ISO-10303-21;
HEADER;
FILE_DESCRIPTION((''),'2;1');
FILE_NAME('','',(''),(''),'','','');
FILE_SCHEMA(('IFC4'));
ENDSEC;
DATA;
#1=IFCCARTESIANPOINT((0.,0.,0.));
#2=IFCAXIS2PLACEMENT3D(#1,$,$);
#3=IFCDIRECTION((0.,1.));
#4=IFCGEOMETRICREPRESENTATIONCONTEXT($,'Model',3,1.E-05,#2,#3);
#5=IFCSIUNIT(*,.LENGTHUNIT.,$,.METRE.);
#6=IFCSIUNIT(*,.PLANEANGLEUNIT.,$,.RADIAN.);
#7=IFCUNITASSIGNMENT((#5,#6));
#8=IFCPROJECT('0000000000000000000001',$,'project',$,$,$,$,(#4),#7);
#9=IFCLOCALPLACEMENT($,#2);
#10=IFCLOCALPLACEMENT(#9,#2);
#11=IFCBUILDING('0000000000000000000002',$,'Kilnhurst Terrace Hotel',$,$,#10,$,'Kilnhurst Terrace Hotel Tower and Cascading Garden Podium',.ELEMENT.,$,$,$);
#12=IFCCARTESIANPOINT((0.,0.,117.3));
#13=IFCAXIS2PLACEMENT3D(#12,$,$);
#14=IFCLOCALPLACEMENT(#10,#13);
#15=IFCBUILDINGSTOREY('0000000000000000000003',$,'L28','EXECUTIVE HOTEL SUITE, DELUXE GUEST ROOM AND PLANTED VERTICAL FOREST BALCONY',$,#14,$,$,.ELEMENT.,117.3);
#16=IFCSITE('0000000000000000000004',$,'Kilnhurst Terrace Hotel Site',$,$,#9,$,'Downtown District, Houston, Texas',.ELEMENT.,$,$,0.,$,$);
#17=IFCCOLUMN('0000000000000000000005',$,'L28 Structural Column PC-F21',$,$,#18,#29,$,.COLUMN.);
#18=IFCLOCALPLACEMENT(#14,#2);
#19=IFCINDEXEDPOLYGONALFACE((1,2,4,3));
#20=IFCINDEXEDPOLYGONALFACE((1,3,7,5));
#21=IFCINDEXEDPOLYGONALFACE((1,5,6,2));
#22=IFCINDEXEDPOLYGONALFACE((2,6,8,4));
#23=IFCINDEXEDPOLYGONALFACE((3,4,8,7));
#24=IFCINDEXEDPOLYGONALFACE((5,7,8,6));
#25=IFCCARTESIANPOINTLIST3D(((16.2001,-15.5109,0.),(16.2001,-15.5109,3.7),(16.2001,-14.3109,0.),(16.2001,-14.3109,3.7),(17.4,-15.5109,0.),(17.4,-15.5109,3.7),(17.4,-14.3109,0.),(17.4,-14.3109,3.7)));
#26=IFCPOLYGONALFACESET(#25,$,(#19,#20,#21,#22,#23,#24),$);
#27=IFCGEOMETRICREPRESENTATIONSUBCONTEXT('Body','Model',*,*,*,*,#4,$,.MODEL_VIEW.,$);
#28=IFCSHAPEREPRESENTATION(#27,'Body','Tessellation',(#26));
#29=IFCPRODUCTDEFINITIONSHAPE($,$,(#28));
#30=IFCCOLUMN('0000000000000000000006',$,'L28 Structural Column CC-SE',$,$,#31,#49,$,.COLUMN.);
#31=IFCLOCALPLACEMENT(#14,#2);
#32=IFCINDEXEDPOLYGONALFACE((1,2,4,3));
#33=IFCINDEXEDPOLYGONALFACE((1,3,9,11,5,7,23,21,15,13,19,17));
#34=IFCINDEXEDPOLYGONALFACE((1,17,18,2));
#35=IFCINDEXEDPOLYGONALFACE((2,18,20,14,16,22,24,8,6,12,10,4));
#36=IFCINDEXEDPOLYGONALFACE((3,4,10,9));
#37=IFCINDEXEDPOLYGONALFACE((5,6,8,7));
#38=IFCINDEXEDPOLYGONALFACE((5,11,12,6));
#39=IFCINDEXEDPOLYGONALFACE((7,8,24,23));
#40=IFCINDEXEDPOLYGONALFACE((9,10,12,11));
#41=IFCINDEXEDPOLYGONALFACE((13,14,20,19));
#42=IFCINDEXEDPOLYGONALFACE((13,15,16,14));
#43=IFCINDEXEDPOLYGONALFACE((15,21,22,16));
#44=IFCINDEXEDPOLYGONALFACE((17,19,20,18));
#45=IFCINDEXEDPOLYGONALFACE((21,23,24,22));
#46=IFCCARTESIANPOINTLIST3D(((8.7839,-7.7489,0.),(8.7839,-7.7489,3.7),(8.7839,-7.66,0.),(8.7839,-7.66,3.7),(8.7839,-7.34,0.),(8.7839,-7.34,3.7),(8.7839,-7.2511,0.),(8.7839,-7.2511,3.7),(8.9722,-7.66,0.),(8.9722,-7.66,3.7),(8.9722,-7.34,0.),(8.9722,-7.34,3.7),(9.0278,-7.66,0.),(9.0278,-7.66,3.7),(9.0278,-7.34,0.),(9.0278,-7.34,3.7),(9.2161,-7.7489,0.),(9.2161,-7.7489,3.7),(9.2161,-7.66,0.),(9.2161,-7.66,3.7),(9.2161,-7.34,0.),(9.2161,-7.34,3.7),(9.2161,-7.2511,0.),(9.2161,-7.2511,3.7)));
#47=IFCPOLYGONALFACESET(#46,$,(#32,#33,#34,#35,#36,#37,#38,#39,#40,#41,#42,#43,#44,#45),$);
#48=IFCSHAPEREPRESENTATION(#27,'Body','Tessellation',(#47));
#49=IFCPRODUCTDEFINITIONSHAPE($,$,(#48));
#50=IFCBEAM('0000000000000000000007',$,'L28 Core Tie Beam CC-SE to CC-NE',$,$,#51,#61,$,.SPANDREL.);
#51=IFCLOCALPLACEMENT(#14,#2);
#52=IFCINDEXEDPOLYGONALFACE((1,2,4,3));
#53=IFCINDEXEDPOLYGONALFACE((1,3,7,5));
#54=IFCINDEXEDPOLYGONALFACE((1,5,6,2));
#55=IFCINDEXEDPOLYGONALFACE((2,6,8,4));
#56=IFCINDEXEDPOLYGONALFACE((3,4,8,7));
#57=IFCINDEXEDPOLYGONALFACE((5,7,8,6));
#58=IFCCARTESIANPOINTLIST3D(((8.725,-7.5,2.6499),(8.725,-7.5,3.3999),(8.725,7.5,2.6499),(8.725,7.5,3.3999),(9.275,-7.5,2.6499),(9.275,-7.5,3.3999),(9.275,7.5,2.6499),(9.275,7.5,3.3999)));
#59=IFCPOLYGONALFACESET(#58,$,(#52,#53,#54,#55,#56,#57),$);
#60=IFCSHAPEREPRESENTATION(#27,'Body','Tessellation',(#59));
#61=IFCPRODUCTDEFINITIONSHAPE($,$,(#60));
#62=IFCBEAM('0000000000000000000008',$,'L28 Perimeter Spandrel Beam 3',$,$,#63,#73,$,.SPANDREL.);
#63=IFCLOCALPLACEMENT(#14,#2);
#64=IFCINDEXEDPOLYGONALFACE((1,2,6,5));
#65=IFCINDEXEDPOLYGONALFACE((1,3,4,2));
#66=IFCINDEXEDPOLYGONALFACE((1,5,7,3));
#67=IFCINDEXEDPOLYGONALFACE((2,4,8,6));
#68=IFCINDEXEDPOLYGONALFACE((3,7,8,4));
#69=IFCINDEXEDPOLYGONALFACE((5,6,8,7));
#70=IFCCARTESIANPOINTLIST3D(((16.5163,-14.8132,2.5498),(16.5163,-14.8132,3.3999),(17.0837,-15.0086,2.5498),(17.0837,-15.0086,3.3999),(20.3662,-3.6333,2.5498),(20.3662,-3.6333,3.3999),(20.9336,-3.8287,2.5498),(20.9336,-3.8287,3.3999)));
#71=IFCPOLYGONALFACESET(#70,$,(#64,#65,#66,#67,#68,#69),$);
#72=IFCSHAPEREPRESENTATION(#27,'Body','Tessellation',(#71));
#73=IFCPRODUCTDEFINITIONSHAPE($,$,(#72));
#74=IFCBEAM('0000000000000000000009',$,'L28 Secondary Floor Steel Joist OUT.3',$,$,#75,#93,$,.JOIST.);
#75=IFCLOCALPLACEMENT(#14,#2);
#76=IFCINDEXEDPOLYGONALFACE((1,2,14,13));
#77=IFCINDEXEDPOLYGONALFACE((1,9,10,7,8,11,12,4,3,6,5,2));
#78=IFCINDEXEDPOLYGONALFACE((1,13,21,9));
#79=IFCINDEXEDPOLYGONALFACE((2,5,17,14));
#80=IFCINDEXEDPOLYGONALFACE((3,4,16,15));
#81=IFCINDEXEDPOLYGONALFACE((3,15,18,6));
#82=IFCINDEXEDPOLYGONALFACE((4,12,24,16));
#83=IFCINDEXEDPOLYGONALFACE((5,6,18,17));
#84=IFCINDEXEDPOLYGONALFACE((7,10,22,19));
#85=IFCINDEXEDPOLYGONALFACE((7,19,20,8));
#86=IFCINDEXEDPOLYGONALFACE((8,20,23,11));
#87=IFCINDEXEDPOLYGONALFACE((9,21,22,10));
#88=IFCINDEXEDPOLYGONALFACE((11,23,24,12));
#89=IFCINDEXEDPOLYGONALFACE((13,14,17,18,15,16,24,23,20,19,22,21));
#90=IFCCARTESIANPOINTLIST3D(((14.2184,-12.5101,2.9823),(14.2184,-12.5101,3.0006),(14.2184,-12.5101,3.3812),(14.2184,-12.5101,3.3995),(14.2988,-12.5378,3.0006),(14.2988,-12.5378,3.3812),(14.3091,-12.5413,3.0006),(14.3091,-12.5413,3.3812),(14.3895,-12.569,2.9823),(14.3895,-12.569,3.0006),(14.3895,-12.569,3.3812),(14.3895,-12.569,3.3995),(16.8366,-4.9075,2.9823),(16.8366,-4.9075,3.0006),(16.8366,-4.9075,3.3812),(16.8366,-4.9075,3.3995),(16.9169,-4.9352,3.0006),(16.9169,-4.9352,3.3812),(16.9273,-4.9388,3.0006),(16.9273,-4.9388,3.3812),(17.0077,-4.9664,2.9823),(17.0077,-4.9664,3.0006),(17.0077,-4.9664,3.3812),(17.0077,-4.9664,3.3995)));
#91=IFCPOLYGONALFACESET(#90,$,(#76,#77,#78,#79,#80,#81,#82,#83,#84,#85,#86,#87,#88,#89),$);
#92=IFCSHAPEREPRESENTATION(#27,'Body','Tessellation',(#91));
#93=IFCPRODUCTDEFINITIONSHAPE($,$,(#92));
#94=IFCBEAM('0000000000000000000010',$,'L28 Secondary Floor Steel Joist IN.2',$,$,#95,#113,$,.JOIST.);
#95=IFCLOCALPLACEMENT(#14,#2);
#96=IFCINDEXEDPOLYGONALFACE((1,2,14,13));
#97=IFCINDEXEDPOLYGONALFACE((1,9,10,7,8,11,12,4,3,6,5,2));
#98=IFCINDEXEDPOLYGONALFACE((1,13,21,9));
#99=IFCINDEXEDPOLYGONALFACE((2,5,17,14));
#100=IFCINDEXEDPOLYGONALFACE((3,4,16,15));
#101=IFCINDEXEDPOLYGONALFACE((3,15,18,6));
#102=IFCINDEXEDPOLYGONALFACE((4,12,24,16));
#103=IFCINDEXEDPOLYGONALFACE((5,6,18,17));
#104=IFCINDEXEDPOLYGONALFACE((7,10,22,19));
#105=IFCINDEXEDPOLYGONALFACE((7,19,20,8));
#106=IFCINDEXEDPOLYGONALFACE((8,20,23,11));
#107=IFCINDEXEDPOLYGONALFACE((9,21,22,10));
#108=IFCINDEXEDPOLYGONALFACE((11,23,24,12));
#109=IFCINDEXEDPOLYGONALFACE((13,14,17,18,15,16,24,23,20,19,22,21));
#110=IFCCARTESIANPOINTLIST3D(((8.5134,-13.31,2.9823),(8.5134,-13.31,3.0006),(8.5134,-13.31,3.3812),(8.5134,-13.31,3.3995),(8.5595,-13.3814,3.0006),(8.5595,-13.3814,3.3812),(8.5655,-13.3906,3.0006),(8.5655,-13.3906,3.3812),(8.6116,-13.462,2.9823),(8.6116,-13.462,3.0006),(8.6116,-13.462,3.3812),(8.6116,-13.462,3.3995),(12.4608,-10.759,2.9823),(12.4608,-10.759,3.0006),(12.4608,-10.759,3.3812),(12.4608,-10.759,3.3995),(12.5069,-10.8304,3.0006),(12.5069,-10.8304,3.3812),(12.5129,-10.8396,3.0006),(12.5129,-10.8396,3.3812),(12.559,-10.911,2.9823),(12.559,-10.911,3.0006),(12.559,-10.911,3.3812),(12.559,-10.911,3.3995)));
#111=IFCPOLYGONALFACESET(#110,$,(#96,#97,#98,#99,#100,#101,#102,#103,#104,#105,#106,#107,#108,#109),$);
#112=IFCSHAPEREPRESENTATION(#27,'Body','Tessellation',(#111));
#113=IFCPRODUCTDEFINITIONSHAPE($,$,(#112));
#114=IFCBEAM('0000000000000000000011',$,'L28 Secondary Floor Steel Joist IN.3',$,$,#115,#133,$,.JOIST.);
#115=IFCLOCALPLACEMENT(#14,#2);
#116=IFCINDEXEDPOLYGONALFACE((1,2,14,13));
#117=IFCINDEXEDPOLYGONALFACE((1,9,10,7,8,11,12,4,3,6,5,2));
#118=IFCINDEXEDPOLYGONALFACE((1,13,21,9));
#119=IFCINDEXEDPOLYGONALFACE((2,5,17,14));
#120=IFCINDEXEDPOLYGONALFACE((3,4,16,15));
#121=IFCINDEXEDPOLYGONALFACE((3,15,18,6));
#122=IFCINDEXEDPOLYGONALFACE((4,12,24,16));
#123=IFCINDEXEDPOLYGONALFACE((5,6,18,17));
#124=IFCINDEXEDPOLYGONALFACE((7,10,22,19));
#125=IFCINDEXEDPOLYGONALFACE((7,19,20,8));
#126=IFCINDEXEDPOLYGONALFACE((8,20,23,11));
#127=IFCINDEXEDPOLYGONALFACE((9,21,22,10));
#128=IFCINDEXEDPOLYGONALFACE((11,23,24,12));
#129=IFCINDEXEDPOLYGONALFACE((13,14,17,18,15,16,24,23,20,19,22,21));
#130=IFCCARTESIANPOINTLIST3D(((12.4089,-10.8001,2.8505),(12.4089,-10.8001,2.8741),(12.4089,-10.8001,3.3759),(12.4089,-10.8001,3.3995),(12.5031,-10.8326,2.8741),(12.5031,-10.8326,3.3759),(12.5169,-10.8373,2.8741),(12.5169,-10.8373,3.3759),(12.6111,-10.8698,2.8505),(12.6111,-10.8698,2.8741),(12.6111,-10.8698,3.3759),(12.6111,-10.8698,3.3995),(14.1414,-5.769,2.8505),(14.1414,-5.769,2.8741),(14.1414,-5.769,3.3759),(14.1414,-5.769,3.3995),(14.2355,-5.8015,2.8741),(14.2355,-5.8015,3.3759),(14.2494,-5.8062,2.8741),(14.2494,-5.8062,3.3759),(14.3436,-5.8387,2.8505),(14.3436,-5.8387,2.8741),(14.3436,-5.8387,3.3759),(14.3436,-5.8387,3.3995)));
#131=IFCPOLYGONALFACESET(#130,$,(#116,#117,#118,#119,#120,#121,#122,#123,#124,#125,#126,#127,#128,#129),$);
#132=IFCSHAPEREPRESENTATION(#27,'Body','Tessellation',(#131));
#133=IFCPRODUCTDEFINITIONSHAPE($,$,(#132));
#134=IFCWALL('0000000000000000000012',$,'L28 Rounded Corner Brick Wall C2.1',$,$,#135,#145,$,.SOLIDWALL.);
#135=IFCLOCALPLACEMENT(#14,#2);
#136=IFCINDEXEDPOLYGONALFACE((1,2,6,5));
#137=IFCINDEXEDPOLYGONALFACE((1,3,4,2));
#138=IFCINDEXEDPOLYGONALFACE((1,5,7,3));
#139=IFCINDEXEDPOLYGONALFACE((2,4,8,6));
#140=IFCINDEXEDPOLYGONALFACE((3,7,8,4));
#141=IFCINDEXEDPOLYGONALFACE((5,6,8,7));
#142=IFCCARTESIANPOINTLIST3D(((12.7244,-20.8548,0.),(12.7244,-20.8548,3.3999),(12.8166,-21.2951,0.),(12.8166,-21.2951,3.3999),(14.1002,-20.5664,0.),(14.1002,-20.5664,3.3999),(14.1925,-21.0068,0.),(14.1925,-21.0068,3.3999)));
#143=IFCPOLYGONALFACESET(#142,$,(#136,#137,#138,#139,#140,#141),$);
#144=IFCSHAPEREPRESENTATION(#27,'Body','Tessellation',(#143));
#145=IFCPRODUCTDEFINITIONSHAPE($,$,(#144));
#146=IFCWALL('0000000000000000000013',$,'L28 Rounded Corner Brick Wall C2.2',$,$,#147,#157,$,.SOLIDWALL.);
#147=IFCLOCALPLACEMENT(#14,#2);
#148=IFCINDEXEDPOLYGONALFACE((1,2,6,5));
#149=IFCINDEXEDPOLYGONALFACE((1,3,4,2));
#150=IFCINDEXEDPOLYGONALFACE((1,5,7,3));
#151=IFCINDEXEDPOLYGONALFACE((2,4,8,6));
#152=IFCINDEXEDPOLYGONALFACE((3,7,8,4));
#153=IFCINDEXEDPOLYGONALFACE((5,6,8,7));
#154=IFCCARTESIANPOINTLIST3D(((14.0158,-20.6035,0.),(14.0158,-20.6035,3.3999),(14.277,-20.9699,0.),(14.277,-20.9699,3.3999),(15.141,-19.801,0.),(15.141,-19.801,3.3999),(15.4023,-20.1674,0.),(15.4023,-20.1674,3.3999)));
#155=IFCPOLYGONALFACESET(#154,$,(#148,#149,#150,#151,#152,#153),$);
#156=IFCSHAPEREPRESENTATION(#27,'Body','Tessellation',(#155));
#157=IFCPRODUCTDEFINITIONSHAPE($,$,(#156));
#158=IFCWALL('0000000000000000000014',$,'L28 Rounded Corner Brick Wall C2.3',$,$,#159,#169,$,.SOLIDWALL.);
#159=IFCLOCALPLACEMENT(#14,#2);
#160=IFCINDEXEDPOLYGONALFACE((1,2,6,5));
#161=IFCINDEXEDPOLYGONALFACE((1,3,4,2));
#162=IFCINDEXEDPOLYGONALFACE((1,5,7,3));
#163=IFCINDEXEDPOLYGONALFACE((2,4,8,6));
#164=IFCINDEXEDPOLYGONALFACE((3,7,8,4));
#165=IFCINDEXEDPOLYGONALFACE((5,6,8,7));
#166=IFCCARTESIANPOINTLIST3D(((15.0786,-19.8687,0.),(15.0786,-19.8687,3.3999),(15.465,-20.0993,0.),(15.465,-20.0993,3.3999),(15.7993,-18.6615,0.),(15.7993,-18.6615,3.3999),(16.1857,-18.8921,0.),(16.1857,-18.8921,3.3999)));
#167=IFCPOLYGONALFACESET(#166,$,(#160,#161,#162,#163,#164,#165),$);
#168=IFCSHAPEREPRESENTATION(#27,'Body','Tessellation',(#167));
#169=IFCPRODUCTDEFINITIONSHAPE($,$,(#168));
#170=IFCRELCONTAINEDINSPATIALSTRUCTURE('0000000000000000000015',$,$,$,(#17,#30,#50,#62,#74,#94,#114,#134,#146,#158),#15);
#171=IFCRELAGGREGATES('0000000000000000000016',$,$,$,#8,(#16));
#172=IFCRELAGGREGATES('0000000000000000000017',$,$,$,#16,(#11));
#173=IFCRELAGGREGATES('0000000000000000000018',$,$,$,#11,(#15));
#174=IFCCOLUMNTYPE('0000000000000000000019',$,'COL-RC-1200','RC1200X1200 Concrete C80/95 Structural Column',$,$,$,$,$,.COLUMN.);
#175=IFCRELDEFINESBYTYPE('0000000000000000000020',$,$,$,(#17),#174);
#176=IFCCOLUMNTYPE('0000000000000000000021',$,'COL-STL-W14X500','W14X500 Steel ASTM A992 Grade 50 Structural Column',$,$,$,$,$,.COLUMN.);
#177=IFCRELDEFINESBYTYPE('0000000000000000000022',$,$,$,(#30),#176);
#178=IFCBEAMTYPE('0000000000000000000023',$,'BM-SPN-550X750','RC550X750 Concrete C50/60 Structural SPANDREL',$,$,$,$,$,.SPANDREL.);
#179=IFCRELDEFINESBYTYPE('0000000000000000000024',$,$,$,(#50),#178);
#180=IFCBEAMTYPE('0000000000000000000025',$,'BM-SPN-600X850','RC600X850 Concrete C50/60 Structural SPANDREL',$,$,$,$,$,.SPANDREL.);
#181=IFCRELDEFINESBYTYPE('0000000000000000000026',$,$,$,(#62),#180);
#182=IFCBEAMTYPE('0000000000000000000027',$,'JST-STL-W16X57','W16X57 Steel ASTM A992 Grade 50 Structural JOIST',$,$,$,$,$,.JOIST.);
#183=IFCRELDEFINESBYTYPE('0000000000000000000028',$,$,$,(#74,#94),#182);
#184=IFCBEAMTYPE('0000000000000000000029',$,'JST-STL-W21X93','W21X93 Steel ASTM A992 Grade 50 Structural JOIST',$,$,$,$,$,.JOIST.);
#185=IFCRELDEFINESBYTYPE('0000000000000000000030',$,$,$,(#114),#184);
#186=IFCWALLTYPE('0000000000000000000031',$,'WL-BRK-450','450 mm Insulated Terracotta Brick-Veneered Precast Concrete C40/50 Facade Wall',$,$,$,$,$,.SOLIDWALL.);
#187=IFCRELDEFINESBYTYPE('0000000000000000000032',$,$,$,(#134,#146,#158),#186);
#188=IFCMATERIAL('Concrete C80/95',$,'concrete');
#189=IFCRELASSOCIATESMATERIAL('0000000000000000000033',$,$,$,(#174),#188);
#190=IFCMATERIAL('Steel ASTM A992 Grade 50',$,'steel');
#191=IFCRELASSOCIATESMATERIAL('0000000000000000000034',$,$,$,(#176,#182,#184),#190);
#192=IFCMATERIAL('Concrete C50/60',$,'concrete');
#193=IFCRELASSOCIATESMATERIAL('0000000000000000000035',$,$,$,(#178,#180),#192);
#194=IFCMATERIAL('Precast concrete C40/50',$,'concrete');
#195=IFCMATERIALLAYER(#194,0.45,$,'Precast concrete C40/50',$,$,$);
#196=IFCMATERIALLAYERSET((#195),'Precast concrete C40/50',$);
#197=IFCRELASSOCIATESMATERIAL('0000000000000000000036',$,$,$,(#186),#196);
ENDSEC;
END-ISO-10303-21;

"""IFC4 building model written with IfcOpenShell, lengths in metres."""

from ifc_helpers import new_model, si_unit, direction, frame, frame_2d, origin, origin_2d, place, context, subcontext, project, spatial, rectangle, i_section, extrude, material, layer, layer_set, material_profile, profile_set, type_object, element, save


model = new_model("IFC4")

# Units and contexts
model_context = context("Model", 3, precision=1e-05, world=origin(), true_north=direction((0.0, 1.0)))
body_context = subcontext(model_context, "Body", "Model", "MODEL_VIEW")
ifc_project = project(units=[si_unit("LENGTHUNIT", "METRE"), si_unit("PLANEANGLEUNIT", "RADIAN")], contexts=[model_context])

# Site, building, storey
site_placement = place(None, origin())
site = spatial("IfcSite", under=ifc_project, at=site_placement, Name="Kilnhurst Terrace Hotel Site", LongName="Downtown District, Houston, Texas", CompositionType="ELEMENT", RefElevation=0.0)
building_placement = place(site_placement, origin())
building = spatial("IfcBuilding", under=site, at=building_placement, Name="Kilnhurst Terrace Hotel", LongName="Kilnhurst Terrace Hotel Tower and Cascading Garden Podium", CompositionType="ELEMENT")
storey_placement = place(building_placement, frame((0.0, 0.0, 117.3)))
storey = spatial("IfcBuildingStorey", under=building, at=storey_placement, Name="L28", Description="EXECUTIVE HOTEL SUITE, DELUXE GUEST ROOM AND PLANTED VERTICAL FOREST BALCONY", CompositionType="ELEMENT", Elevation=117.3)

# Columns
ifc_material_1 = material(Name="Concrete C80/95", Category="concrete")
ifc_material_profile_1 = material_profile(ifc_material_1, rectangle(XDim=1.2, YDim=1.2, at=origin_2d()), Name="RC1200X1200")
ifc_profile_set_1 = profile_set([ifc_material_profile_1], Name="Concrete C80/95")
column_type_1 = type_object("IfcColumnType", Name="COL-RC-1200", Description="RC1200X1200 Concrete C80/95 Structural Column", PredefinedType="COLUMN", material=ifc_profile_set_1)
column_1_placement = place(storey_placement, frame((16.8, -14.9109, 0.0), z_axis=(0.0, 0.0, 1.0), x_axis=(1.0, 0.0, 0.0)))
element("IfcColumn", 1, at=column_1_placement, inside=storey, type_object=column_type_1, Name="L28 Structural Column PC-F21", PredefinedType="COLUMN", context=body_context, shape_type="SweptSolid", body=[
    extrude(rectangle(XDim=1.2, YDim=1.2, at=origin_2d()), origin(), (0.0, 0.0, 1.0), 3.7),
])
ifc_material_2 = material(Name="Steel ASTM A992 Grade 50", Category="steel")
ifc_material_profile_2 = material_profile(ifc_material_2, i_section(OverallWidth=0.4321, OverallDepth=0.4978, WebThickness=0.0557, FlangeThickness=0.0889, at=origin_2d()), Name="W14X500")
ifc_profile_set_2 = profile_set([ifc_material_profile_2], Name="Steel ASTM A992 Grade 50")
column_type_2 = type_object("IfcColumnType", Name="COL-STL-W14X500", Description="W14X500 Steel ASTM A992 Grade 50 Structural Column", PredefinedType="COLUMN", material=ifc_profile_set_2)
column_2_placement = place(storey_placement, frame((9.0, -7.5, 0.0), z_axis=(0.0, 0.0, 1.0), x_axis=(1.0, 0.0, 0.0)))
element("IfcColumn", 2, at=column_2_placement, inside=storey, type_object=column_type_2, Name="L28 Structural Column CC-SE", PredefinedType="COLUMN", context=body_context, shape_type="SweptSolid", body=[
    extrude(i_section(OverallWidth=0.4321, OverallDepth=0.4978, WebThickness=0.0557, FlangeThickness=0.0889, at=origin_2d()), origin(), (0.0, 0.0, 1.0), 3.7),
])

# Beams
ifc_material_3 = material(Name="Concrete C50/60", Category="concrete")
ifc_material_profile_3 = material_profile(ifc_material_3, rectangle(XDim=0.55, YDim=0.75, at=origin_2d()), Name="RC550X750")
ifc_profile_set_3 = profile_set([ifc_material_profile_3], Name="Concrete C50/60")
beam_type_1 = type_object("IfcBeamType", Name="BM-SPN-550X750", Description="RC550X750 Concrete C50/60 Structural SPANDREL", PredefinedType="SPANDREL", material=ifc_profile_set_3)
beam_1_placement = place(storey_placement, frame((9.0, -7.5, 3.0249), z_axis=(0.0, 1.0, 0.0), x_axis=(-1.0, 0.0, 0.0)))
element("IfcBeam", 3, at=beam_1_placement, inside=storey, type_object=beam_type_1, Name="L28 Core Tie Beam CC-SE to CC-NE", PredefinedType="SPANDREL", context=body_context, shape_type="SweptSolid", body=[
    extrude(rectangle(XDim=0.55, YDim=0.75, at=origin_2d()), origin(), (0.0, 0.0, 1.0), 15.0),
])
ifc_material_profile_4 = material_profile(ifc_material_3, rectangle(XDim=0.6001, YDim=0.8501, at=origin_2d()), Name="RC600X850")
ifc_profile_set_4 = profile_set([ifc_material_profile_4], Name="Concrete C50/60")
beam_type_2 = type_object("IfcBeamType", Name="BM-SPN-600X850", Description="RC600X850 Concrete C50/60 Structural SPANDREL", PredefinedType="SPANDREL", material=ifc_profile_set_4)
beam_2_placement = place(storey_placement, frame((16.8, -14.9109, 2.9749), z_axis=(0.32559, 0.945511, 0.0), x_axis=(-0.945511, 0.32559, 0.0)))
element("IfcBeam", 4, at=beam_2_placement, inside=storey, type_object=beam_type_2, Name="L28 Perimeter Spandrel Beam 3", PredefinedType="SPANDREL", context=body_context, shape_type="SweptSolid", body=[
    extrude(rectangle(XDim=0.6001, YDim=0.8501, at=origin_2d()), origin(), (0.0, 0.0, 1.0), 11.8242),
])
ifc_material_profile_5 = material_profile(ifc_material_2, i_section(OverallWidth=0.1809, OverallDepth=0.4172, WebThickness=0.011, FlangeThickness=0.0183, at=origin_2d()), Name="W16X57")
ifc_profile_set_5 = profile_set([ifc_material_profile_5], Name="Steel ASTM A992 Grade 50")
beam_type_3 = type_object("IfcBeamType", Name="JST-STL-W16X57", Description="W16X57 Steel ASTM A992 Grade 50 Structural JOIST", PredefinedType="JOIST", material=ifc_profile_set_5)
beam_3_placement = place(storey_placement, frame((14.304, -12.5396, 3.1909), z_axis=(0.325613, 0.945503, 0.0), x_axis=(-0.945503, 0.325613, 0.0)))
element("IfcBeam", 5, at=beam_3_placement, inside=storey, type_object=beam_type_3, Name="L28 Secondary Floor Steel Joist OUT.3", PredefinedType="JOIST", context=body_context, shape_type="SweptSolid", body=[
    extrude(i_section(OverallWidth=0.1809, OverallDepth=0.4172, WebThickness=0.011, FlangeThickness=0.0183, at=origin_2d()), origin(), (0.0, 0.0, 1.0), 8.0408),
])
beam_4_placement = place(storey_placement, frame((8.5625, -13.386, 3.1909), z_axis=(0.839885, 0.542764, 0.0), x_axis=(-0.542764, 0.839885, 0.0)))
element("IfcBeam", 6, at=beam_4_placement, inside=storey, type_object=beam_type_3, Name="L28 Secondary Floor Steel Joist IN.2", PredefinedType="JOIST", context=body_context, shape_type="SweptSolid", body=[
    extrude(i_section(OverallWidth=0.1809, OverallDepth=0.4172, WebThickness=0.011, FlangeThickness=0.0183, at=origin_2d()), origin(), (0.0, 0.0, 1.0), 4.7),
])
ifc_material_profile_6 = material_profile(ifc_material_2, i_section(OverallWidth=0.2139, OverallDepth=0.5491, WebThickness=0.0146, FlangeThickness=0.0237, at=origin_2d()), Name="W21X93")
ifc_profile_set_6 = profile_set([ifc_material_profile_6], Name="Steel ASTM A992 Grade 50")
beam_type_4 = type_object("IfcBeamType", Name="JST-STL-W21X93", Description="W21X93 Steel ASTM A992 Grade 50 Structural JOIST", PredefinedType="JOIST", material=ifc_profile_set_6)
beam_5_placement = place(storey_placement, frame((12.51, -10.835, 3.125), z_axis=(0.325586, 0.945512, 0.0), x_axis=(-0.945512, 0.325586, 0.0)))
element("IfcBeam", 7, at=beam_5_placement, inside=storey, type_object=beam_type_4, Name="L28 Secondary Floor Steel Joist IN.3", PredefinedType="JOIST", context=body_context, shape_type="SweptSolid", body=[
    extrude(i_section(OverallWidth=0.2139, OverallDepth=0.5491, WebThickness=0.0146, FlangeThickness=0.0237, at=origin_2d()), origin(), (0.0, 0.0, 1.0), 5.321),
])

# Walls
ifc_material_4 = material(Name="Precast concrete C40/50", Category="concrete")
ifc_layer_1 = layer(ifc_material_4, 0.45, Name="Precast concrete C40/50")
ifc_layer_set_1 = layer_set([ifc_layer_1], Name="Precast concrete C40/50")
wall_type_1 = type_object("IfcWallType", Name="WL-BRK-450", Description="450 mm Insulated Terracotta Brick-Veneered Precast Concrete C40/50 Facade Wall", PredefinedType="SOLIDWALL", material=ifc_layer_set_1)
wall_1_placement = place(storey_placement, frame((12.7705, -21.075, 0.0), z_axis=(0.0, 0.0, 1.0), x_axis=(0.978743, 0.205091, 0.0)))
element("IfcWall", 8, at=wall_1_placement, inside=storey, type_object=wall_type_1, Name="L28 Rounded Corner Brick Wall C2.1", PredefinedType="SOLIDWALL", context=body_context, shape_type="SweptSolid", body=[
    extrude(rectangle(XDim=1.4058, YDim=0.45, at=frame_2d((0.7029, 0.0))), origin(), (0.0, 0.0, 1.0), 3.3999),
])
wall_2_placement = place(storey_placement, frame((14.1465, -20.7866, 0.0), z_axis=(0.0, 0.0, 1.0), x_axis=(0.814163, 0.580636, 0.0)))
element("IfcWall", 9, at=wall_2_placement, inside=storey, type_object=wall_type_1, Name="L28 Rounded Corner Brick Wall C2.2", PredefinedType="SOLIDWALL", context=body_context, shape_type="SweptSolid", body=[
    extrude(rectangle(XDim=1.3821, YDim=0.45, at=frame_2d((0.6909, 0.0))), origin(), (0.0, 0.0, 1.0), 3.3999),
])
wall_3_placement = place(storey_placement, frame((15.2717, -19.9841, 0.0), z_axis=(0.0, 0.0, 1.0), x_axis=(0.512579, 0.85864, 0.0)))
element("IfcWall", 10, at=wall_3_placement, inside=storey, type_object=wall_type_1, Name="L28 Rounded Corner Brick Wall C2.3", PredefinedType="SOLIDWALL", context=body_context, shape_type="SweptSolid", body=[
    extrude(rectangle(XDim=1.406, YDim=0.45, at=frame_2d((0.7031, 0.0))), origin(), (0.0, 0.0, 1.0), 3.3999),
])

save(model, "model.ifc")
